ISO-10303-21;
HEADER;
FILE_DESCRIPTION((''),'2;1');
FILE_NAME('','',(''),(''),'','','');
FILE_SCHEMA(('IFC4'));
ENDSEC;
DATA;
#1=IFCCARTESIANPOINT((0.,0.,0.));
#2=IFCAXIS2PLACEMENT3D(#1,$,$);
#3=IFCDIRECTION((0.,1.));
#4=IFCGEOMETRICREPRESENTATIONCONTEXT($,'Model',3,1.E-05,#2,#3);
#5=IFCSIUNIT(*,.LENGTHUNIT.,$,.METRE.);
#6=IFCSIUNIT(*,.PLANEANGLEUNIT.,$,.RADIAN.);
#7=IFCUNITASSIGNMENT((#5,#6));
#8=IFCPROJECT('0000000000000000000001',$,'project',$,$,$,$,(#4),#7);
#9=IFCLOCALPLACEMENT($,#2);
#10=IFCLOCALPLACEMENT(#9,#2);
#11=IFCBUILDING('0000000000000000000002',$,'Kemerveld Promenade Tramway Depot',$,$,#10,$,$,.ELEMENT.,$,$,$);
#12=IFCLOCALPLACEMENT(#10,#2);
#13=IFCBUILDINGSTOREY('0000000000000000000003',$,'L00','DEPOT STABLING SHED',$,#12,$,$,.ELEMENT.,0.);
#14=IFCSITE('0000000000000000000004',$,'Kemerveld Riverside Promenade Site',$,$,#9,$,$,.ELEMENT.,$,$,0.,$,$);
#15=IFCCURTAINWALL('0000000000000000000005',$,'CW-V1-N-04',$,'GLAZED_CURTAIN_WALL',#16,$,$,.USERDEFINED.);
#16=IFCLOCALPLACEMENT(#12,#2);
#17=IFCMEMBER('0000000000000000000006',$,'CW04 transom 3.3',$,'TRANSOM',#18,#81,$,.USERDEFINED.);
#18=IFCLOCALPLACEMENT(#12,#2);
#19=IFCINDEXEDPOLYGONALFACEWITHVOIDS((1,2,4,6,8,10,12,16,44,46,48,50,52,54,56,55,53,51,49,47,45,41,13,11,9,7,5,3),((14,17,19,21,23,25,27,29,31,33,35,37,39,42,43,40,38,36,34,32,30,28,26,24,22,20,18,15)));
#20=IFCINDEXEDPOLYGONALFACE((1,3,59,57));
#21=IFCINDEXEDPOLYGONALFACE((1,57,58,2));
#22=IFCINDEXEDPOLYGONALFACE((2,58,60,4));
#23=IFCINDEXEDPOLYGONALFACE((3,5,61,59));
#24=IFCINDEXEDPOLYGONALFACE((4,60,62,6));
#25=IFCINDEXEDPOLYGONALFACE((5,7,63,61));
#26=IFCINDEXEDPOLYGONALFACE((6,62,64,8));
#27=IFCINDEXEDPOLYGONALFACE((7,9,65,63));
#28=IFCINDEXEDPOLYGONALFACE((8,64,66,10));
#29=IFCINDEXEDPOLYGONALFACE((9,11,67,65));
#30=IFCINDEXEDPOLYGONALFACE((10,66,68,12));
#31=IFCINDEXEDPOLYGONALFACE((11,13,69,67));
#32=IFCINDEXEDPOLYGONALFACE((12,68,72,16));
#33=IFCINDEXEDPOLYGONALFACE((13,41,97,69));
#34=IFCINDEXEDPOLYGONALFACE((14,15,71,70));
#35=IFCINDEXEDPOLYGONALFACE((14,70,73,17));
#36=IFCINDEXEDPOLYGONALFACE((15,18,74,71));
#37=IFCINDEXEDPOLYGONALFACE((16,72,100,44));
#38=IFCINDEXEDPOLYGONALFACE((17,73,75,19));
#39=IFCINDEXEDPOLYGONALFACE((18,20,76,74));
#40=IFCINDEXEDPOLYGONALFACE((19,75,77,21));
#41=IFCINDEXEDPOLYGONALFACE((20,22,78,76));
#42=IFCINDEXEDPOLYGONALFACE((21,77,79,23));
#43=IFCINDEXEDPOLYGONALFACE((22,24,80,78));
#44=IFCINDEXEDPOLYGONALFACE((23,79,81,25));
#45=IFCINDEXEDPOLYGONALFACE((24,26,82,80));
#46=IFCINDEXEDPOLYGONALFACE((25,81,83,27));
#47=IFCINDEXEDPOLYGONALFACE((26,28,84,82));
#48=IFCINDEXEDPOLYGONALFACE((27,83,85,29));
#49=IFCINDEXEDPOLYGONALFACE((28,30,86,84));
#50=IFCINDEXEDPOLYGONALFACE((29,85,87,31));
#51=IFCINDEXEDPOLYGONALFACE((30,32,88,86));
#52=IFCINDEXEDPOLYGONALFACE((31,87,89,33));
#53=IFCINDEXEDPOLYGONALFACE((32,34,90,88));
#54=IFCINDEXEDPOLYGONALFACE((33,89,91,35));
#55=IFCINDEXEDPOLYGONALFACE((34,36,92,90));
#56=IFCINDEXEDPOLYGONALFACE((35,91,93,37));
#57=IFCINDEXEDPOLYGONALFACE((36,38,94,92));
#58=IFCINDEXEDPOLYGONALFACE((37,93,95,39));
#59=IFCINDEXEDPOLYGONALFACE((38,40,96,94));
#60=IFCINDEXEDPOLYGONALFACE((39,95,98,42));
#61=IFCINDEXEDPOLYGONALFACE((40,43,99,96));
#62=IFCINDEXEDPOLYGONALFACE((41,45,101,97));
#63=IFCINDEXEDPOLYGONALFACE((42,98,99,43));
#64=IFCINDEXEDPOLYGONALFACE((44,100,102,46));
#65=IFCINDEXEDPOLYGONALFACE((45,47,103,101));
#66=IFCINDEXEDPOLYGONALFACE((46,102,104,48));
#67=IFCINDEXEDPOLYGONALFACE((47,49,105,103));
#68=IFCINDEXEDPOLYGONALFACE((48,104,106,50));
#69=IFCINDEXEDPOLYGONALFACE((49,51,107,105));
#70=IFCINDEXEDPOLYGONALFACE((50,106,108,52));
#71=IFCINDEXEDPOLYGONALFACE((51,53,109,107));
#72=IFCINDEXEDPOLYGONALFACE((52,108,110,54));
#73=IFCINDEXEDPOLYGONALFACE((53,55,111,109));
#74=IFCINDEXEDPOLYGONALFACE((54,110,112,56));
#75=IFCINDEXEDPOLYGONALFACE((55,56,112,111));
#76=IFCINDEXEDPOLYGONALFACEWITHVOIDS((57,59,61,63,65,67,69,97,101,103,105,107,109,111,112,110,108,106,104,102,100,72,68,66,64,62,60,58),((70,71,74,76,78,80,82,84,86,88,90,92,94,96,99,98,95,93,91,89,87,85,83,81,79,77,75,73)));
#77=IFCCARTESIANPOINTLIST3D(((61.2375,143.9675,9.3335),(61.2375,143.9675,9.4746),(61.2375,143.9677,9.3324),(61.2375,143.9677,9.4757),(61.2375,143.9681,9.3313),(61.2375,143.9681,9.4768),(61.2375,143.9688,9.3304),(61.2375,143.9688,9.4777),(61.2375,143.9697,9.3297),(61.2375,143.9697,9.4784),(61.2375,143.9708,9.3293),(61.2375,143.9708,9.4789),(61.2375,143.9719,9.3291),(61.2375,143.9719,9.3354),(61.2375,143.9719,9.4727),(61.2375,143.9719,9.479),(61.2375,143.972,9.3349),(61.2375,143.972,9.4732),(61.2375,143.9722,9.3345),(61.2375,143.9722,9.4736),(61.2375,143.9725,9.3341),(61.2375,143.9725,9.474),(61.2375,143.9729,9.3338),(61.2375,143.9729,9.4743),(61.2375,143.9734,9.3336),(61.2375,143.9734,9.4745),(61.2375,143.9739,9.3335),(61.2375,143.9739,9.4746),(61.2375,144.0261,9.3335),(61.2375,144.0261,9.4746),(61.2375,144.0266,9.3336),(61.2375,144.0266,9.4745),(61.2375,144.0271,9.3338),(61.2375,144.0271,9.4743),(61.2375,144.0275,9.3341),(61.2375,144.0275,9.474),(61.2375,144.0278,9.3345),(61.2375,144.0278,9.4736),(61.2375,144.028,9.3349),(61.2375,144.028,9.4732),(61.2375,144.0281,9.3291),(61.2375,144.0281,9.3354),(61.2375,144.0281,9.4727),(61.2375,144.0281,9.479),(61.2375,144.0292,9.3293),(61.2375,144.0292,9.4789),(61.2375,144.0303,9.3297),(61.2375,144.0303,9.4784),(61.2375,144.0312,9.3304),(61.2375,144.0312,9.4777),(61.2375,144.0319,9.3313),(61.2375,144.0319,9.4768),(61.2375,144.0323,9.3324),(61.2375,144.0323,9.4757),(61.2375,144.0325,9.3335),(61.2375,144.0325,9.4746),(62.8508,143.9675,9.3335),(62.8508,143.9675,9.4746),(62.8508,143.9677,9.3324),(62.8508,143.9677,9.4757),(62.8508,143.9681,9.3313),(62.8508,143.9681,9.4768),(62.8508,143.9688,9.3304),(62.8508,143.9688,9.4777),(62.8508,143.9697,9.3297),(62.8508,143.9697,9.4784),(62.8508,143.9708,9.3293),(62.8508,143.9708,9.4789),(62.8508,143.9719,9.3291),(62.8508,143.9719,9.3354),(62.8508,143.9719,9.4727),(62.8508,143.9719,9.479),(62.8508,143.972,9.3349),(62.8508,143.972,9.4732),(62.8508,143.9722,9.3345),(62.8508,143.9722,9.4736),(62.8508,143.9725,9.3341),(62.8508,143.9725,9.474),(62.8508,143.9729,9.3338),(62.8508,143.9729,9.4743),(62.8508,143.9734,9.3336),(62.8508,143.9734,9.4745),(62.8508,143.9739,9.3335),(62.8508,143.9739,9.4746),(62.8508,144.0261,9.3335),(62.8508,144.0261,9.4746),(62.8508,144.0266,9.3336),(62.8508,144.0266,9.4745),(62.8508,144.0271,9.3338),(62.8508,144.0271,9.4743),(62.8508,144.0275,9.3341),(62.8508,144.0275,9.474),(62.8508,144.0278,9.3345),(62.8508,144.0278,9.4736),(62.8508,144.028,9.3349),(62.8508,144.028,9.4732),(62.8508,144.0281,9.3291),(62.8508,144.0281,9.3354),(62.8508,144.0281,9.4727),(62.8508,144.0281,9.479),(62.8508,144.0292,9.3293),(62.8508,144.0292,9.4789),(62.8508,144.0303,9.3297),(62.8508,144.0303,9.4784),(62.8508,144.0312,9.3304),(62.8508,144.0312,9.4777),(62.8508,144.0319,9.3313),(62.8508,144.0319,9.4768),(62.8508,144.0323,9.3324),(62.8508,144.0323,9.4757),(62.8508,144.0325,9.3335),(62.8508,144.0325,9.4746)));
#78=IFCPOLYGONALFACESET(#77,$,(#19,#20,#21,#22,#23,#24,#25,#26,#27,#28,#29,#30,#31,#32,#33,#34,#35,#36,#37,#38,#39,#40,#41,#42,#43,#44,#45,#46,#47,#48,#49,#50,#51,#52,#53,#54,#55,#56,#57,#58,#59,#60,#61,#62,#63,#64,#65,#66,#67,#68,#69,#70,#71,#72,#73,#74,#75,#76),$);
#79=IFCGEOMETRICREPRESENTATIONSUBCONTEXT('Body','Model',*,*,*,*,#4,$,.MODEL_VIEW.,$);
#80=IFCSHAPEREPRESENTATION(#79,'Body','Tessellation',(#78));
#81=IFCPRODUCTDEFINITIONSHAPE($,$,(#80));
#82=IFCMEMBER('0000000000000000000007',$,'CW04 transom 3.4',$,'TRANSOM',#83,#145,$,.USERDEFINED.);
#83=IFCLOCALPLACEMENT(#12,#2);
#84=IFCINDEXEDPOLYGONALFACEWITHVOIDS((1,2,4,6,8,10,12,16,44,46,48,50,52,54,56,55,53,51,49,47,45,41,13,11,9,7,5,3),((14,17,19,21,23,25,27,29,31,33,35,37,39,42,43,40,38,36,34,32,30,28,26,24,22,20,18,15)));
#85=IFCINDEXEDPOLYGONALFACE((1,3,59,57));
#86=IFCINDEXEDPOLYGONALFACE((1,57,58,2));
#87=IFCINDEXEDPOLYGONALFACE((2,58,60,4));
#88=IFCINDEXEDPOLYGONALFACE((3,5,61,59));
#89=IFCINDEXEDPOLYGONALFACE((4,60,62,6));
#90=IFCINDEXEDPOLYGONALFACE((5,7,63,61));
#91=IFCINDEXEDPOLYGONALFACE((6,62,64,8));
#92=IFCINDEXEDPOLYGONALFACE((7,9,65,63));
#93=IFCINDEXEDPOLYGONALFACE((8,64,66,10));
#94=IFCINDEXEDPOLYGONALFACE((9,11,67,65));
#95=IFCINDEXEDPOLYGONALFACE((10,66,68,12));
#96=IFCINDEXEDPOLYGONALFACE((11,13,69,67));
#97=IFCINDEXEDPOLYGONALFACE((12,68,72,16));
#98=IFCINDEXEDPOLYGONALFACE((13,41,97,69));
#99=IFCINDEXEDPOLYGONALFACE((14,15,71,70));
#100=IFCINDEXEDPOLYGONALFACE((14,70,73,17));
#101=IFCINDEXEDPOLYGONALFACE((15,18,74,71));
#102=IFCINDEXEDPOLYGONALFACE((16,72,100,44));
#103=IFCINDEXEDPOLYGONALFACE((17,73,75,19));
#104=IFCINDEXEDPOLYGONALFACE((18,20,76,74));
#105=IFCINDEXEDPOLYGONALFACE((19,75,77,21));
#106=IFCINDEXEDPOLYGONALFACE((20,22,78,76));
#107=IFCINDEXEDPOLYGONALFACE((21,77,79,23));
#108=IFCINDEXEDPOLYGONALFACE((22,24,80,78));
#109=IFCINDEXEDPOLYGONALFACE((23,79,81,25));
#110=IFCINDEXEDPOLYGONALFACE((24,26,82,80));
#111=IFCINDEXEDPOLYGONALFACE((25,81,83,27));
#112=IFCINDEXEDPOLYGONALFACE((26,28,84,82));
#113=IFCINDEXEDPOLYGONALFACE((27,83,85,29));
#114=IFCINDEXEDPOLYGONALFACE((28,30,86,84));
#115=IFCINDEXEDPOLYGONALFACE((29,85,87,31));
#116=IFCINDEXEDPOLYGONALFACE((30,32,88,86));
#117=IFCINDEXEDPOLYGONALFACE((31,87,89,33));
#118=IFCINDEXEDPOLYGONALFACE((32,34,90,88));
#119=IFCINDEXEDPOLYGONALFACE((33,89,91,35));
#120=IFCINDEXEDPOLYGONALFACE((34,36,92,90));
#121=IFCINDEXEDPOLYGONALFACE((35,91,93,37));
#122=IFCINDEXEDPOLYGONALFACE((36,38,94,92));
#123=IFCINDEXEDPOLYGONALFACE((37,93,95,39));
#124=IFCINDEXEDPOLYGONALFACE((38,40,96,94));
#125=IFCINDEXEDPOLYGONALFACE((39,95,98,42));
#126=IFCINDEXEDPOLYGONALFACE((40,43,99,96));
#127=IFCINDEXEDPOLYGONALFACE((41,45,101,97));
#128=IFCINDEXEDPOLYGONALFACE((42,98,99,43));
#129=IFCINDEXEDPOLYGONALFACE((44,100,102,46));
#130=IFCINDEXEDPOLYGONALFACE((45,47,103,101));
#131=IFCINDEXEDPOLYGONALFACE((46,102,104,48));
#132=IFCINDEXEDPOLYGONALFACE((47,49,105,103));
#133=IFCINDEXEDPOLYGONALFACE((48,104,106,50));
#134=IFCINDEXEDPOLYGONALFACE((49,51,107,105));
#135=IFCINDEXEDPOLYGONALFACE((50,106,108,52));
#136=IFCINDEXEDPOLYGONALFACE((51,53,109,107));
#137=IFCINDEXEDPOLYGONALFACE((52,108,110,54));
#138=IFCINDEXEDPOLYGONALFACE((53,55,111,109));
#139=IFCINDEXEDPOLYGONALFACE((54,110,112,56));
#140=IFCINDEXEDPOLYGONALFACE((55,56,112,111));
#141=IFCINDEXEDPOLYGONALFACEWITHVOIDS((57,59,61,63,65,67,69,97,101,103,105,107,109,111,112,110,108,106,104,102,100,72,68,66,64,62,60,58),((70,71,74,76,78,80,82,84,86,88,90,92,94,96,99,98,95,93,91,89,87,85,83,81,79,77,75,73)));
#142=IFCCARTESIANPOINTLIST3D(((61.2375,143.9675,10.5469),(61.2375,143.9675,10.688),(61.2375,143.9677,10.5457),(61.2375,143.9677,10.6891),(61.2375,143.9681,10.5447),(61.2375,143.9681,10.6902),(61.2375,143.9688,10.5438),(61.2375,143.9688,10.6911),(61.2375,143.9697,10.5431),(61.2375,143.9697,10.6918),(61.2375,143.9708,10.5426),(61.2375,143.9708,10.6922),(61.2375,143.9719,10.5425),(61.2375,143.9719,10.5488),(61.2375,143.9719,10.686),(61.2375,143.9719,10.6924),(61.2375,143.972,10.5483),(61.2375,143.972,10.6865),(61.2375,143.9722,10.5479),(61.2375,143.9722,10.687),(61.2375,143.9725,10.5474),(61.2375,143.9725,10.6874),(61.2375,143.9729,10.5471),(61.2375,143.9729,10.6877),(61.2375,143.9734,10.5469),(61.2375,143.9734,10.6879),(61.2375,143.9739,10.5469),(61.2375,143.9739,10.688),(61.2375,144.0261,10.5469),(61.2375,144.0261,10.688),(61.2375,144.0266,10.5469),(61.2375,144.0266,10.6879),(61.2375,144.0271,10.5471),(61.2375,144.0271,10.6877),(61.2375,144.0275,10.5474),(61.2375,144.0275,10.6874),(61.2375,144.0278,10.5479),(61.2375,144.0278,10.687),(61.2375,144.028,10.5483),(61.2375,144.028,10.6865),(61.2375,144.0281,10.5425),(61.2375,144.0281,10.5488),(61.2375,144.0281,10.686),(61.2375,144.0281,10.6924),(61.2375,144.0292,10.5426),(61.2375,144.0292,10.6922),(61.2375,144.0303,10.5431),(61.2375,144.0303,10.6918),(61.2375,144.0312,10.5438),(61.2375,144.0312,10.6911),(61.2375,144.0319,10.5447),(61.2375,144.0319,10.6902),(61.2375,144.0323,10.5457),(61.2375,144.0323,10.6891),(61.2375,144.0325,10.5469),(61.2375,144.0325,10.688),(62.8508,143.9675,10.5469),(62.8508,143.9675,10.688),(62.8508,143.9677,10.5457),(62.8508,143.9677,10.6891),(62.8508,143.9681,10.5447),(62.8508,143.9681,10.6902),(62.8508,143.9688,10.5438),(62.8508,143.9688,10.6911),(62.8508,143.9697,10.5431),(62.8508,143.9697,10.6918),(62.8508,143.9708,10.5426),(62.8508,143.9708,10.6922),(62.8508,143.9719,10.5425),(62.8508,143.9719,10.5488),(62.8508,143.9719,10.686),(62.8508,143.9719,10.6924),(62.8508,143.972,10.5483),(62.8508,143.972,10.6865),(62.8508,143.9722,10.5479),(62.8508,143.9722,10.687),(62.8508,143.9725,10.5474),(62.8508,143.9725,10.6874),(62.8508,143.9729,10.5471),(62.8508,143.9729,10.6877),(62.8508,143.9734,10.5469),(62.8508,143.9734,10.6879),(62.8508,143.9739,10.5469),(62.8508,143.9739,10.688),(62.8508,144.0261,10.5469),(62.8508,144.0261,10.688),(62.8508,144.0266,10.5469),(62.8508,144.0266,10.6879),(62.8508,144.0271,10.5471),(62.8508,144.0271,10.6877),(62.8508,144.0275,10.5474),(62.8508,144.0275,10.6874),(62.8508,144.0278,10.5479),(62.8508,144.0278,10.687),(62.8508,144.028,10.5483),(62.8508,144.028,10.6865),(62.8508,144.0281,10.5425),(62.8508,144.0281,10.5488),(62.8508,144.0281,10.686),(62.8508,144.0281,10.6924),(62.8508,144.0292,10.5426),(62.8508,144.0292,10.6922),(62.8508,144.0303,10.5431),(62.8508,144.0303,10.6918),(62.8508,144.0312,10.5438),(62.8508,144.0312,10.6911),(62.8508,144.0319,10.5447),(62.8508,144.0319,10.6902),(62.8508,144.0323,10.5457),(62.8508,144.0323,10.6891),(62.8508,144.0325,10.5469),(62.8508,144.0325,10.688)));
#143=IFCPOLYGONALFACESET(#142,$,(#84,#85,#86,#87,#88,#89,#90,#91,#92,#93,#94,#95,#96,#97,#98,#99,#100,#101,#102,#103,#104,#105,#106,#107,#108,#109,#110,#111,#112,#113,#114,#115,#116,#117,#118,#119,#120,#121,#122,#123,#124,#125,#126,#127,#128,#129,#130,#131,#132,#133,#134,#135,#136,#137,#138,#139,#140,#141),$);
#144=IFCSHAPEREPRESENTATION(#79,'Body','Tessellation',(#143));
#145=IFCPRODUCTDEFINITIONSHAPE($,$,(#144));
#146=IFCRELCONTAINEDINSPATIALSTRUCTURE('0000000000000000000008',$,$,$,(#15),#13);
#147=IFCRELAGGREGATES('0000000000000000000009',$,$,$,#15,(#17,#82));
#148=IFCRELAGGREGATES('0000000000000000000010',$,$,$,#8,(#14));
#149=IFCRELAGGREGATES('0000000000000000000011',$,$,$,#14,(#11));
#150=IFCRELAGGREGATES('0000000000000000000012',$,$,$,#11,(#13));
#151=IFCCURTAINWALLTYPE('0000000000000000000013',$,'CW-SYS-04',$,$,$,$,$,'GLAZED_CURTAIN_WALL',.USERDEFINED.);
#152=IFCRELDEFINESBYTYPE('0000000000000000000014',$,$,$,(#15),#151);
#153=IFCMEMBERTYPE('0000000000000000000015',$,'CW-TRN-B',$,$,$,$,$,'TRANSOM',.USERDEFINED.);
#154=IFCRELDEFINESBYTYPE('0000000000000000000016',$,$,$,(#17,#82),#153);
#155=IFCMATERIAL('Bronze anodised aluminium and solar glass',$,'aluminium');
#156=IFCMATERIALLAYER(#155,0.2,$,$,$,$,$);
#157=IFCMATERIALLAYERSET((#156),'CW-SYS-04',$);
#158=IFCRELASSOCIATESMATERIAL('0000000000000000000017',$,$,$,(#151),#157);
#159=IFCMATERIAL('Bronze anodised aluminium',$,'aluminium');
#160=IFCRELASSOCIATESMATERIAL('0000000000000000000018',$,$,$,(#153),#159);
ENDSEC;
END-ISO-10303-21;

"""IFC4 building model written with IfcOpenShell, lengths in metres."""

from ifc_helpers import new_model, si_unit, direction, frame, origin, origin_2d, place, context, subcontext, project, spatial, hollow_rectangle, extrude, material, layer, layer_set, material_profile, profile_set, type_object, element, aggregate, save


model = new_model("IFC4")

# Units and contexts
model_context = context("Model", 3, precision=1e-05, world=origin(), true_north=direction((0.0, 1.0)))
body_context = subcontext(model_context, "Body", "Model", "MODEL_VIEW")
ifc_project = project(units=[si_unit("LENGTHUNIT", "METRE"), si_unit("PLANEANGLEUNIT", "RADIAN")], contexts=[model_context])

# Site, building, storey
site_placement = place(None, origin())
site = spatial("IfcSite", under=ifc_project, at=site_placement, Name="Kemerveld Riverside Promenade Site", CompositionType="ELEMENT", RefElevation=0.0)
building_placement = place(site_placement, origin())
building = spatial("IfcBuilding", under=site, at=building_placement, Name="Kemerveld Promenade Tramway Depot", CompositionType="ELEMENT")
storey_placement = place(building_placement, origin())
storey = spatial("IfcBuildingStorey", under=building, at=storey_placement, Name="L00", Description="DEPOT STABLING SHED", CompositionType="ELEMENT", Elevation=0.0)

# Curtain wall, members
ifc_material_1 = material(Name="Bronze anodised aluminium and solar glass", Category="aluminium")
ifc_material_2 = material(Name="Bronze anodised aluminium", Category="aluminium")
ifc_layer_1 = layer(ifc_material_1, 0.2)
ifc_layer_set_1 = layer_set([ifc_layer_1], Name="CW-SYS-04")
curtain_wall_type_1 = type_object("IfcCurtainWallType", Name="CW-SYS-04", ElementType="GLAZED_CURTAIN_WALL", PredefinedType="USERDEFINED", material=ifc_layer_set_1)
curtain_wall_1_placement = place(storey_placement, origin())
curtain_wall_1 = element("IfcCurtainWall", 1, at=curtain_wall_1_placement, inside=storey, type_object=curtain_wall_type_1, Name="CW-V1-N-04", ObjectType="GLAZED_CURTAIN_WALL", PredefinedType="USERDEFINED")
ifc_material_profile_1 = material_profile(ifc_material_2, hollow_rectangle(XDim=0.0649, YDim=0.1499, WallThickness=0.0044, InnerFilletRadius=0.002, OuterFilletRadius=0.0044, at=origin_2d()), Name="CW-TRN-150x65")
ifc_profile_set_1 = profile_set([ifc_material_profile_1], Name="Bronze anodised aluminium")
member_type_1 = type_object("IfcMemberType", Name="CW-TRN-B", ElementType="TRANSOM", PredefinedType="USERDEFINED", material=ifc_profile_set_1)
member_1_placement = place(storey_placement, frame((61.2375, 144.0, 9.4041), z_axis=(1.0, 0.0, 0.0), x_axis=(0.0, 1.0, 0.0)))
member_1 = element("IfcMember", 2, at=member_1_placement, type_object=member_type_1, Name="CW04 transom 3.3", ObjectType="TRANSOM", PredefinedType="USERDEFINED", context=body_context, shape_type="SweptSolid", body=[
    extrude(hollow_rectangle(XDim=0.0649, YDim=0.1499, WallThickness=0.0044, InnerFilletRadius=0.002, OuterFilletRadius=0.0044, at=origin_2d()), origin(), (0.0, 0.0, 1.0), 1.6133),
])
member_2_placement = place(storey_placement, frame((61.2375, 144.0, 10.6174), z_axis=(1.0, 0.0, 0.0), x_axis=(0.0, 1.0, 0.0)))
member_2 = element("IfcMember", 3, at=member_2_placement, type_object=member_type_1, Name="CW04 transom 3.4", ObjectType="TRANSOM", PredefinedType="USERDEFINED", context=body_context, shape_type="SweptSolid", body=[
    extrude(hollow_rectangle(XDim=0.0649, YDim=0.1499, WallThickness=0.0044, InnerFilletRadius=0.002, OuterFilletRadius=0.0044, at=origin_2d()), origin(), (0.0, 0.0, 1.0), 1.6133),
])

aggregate(curtain_wall_1, [member_1, member_2])

save(model, "model.ifc")
